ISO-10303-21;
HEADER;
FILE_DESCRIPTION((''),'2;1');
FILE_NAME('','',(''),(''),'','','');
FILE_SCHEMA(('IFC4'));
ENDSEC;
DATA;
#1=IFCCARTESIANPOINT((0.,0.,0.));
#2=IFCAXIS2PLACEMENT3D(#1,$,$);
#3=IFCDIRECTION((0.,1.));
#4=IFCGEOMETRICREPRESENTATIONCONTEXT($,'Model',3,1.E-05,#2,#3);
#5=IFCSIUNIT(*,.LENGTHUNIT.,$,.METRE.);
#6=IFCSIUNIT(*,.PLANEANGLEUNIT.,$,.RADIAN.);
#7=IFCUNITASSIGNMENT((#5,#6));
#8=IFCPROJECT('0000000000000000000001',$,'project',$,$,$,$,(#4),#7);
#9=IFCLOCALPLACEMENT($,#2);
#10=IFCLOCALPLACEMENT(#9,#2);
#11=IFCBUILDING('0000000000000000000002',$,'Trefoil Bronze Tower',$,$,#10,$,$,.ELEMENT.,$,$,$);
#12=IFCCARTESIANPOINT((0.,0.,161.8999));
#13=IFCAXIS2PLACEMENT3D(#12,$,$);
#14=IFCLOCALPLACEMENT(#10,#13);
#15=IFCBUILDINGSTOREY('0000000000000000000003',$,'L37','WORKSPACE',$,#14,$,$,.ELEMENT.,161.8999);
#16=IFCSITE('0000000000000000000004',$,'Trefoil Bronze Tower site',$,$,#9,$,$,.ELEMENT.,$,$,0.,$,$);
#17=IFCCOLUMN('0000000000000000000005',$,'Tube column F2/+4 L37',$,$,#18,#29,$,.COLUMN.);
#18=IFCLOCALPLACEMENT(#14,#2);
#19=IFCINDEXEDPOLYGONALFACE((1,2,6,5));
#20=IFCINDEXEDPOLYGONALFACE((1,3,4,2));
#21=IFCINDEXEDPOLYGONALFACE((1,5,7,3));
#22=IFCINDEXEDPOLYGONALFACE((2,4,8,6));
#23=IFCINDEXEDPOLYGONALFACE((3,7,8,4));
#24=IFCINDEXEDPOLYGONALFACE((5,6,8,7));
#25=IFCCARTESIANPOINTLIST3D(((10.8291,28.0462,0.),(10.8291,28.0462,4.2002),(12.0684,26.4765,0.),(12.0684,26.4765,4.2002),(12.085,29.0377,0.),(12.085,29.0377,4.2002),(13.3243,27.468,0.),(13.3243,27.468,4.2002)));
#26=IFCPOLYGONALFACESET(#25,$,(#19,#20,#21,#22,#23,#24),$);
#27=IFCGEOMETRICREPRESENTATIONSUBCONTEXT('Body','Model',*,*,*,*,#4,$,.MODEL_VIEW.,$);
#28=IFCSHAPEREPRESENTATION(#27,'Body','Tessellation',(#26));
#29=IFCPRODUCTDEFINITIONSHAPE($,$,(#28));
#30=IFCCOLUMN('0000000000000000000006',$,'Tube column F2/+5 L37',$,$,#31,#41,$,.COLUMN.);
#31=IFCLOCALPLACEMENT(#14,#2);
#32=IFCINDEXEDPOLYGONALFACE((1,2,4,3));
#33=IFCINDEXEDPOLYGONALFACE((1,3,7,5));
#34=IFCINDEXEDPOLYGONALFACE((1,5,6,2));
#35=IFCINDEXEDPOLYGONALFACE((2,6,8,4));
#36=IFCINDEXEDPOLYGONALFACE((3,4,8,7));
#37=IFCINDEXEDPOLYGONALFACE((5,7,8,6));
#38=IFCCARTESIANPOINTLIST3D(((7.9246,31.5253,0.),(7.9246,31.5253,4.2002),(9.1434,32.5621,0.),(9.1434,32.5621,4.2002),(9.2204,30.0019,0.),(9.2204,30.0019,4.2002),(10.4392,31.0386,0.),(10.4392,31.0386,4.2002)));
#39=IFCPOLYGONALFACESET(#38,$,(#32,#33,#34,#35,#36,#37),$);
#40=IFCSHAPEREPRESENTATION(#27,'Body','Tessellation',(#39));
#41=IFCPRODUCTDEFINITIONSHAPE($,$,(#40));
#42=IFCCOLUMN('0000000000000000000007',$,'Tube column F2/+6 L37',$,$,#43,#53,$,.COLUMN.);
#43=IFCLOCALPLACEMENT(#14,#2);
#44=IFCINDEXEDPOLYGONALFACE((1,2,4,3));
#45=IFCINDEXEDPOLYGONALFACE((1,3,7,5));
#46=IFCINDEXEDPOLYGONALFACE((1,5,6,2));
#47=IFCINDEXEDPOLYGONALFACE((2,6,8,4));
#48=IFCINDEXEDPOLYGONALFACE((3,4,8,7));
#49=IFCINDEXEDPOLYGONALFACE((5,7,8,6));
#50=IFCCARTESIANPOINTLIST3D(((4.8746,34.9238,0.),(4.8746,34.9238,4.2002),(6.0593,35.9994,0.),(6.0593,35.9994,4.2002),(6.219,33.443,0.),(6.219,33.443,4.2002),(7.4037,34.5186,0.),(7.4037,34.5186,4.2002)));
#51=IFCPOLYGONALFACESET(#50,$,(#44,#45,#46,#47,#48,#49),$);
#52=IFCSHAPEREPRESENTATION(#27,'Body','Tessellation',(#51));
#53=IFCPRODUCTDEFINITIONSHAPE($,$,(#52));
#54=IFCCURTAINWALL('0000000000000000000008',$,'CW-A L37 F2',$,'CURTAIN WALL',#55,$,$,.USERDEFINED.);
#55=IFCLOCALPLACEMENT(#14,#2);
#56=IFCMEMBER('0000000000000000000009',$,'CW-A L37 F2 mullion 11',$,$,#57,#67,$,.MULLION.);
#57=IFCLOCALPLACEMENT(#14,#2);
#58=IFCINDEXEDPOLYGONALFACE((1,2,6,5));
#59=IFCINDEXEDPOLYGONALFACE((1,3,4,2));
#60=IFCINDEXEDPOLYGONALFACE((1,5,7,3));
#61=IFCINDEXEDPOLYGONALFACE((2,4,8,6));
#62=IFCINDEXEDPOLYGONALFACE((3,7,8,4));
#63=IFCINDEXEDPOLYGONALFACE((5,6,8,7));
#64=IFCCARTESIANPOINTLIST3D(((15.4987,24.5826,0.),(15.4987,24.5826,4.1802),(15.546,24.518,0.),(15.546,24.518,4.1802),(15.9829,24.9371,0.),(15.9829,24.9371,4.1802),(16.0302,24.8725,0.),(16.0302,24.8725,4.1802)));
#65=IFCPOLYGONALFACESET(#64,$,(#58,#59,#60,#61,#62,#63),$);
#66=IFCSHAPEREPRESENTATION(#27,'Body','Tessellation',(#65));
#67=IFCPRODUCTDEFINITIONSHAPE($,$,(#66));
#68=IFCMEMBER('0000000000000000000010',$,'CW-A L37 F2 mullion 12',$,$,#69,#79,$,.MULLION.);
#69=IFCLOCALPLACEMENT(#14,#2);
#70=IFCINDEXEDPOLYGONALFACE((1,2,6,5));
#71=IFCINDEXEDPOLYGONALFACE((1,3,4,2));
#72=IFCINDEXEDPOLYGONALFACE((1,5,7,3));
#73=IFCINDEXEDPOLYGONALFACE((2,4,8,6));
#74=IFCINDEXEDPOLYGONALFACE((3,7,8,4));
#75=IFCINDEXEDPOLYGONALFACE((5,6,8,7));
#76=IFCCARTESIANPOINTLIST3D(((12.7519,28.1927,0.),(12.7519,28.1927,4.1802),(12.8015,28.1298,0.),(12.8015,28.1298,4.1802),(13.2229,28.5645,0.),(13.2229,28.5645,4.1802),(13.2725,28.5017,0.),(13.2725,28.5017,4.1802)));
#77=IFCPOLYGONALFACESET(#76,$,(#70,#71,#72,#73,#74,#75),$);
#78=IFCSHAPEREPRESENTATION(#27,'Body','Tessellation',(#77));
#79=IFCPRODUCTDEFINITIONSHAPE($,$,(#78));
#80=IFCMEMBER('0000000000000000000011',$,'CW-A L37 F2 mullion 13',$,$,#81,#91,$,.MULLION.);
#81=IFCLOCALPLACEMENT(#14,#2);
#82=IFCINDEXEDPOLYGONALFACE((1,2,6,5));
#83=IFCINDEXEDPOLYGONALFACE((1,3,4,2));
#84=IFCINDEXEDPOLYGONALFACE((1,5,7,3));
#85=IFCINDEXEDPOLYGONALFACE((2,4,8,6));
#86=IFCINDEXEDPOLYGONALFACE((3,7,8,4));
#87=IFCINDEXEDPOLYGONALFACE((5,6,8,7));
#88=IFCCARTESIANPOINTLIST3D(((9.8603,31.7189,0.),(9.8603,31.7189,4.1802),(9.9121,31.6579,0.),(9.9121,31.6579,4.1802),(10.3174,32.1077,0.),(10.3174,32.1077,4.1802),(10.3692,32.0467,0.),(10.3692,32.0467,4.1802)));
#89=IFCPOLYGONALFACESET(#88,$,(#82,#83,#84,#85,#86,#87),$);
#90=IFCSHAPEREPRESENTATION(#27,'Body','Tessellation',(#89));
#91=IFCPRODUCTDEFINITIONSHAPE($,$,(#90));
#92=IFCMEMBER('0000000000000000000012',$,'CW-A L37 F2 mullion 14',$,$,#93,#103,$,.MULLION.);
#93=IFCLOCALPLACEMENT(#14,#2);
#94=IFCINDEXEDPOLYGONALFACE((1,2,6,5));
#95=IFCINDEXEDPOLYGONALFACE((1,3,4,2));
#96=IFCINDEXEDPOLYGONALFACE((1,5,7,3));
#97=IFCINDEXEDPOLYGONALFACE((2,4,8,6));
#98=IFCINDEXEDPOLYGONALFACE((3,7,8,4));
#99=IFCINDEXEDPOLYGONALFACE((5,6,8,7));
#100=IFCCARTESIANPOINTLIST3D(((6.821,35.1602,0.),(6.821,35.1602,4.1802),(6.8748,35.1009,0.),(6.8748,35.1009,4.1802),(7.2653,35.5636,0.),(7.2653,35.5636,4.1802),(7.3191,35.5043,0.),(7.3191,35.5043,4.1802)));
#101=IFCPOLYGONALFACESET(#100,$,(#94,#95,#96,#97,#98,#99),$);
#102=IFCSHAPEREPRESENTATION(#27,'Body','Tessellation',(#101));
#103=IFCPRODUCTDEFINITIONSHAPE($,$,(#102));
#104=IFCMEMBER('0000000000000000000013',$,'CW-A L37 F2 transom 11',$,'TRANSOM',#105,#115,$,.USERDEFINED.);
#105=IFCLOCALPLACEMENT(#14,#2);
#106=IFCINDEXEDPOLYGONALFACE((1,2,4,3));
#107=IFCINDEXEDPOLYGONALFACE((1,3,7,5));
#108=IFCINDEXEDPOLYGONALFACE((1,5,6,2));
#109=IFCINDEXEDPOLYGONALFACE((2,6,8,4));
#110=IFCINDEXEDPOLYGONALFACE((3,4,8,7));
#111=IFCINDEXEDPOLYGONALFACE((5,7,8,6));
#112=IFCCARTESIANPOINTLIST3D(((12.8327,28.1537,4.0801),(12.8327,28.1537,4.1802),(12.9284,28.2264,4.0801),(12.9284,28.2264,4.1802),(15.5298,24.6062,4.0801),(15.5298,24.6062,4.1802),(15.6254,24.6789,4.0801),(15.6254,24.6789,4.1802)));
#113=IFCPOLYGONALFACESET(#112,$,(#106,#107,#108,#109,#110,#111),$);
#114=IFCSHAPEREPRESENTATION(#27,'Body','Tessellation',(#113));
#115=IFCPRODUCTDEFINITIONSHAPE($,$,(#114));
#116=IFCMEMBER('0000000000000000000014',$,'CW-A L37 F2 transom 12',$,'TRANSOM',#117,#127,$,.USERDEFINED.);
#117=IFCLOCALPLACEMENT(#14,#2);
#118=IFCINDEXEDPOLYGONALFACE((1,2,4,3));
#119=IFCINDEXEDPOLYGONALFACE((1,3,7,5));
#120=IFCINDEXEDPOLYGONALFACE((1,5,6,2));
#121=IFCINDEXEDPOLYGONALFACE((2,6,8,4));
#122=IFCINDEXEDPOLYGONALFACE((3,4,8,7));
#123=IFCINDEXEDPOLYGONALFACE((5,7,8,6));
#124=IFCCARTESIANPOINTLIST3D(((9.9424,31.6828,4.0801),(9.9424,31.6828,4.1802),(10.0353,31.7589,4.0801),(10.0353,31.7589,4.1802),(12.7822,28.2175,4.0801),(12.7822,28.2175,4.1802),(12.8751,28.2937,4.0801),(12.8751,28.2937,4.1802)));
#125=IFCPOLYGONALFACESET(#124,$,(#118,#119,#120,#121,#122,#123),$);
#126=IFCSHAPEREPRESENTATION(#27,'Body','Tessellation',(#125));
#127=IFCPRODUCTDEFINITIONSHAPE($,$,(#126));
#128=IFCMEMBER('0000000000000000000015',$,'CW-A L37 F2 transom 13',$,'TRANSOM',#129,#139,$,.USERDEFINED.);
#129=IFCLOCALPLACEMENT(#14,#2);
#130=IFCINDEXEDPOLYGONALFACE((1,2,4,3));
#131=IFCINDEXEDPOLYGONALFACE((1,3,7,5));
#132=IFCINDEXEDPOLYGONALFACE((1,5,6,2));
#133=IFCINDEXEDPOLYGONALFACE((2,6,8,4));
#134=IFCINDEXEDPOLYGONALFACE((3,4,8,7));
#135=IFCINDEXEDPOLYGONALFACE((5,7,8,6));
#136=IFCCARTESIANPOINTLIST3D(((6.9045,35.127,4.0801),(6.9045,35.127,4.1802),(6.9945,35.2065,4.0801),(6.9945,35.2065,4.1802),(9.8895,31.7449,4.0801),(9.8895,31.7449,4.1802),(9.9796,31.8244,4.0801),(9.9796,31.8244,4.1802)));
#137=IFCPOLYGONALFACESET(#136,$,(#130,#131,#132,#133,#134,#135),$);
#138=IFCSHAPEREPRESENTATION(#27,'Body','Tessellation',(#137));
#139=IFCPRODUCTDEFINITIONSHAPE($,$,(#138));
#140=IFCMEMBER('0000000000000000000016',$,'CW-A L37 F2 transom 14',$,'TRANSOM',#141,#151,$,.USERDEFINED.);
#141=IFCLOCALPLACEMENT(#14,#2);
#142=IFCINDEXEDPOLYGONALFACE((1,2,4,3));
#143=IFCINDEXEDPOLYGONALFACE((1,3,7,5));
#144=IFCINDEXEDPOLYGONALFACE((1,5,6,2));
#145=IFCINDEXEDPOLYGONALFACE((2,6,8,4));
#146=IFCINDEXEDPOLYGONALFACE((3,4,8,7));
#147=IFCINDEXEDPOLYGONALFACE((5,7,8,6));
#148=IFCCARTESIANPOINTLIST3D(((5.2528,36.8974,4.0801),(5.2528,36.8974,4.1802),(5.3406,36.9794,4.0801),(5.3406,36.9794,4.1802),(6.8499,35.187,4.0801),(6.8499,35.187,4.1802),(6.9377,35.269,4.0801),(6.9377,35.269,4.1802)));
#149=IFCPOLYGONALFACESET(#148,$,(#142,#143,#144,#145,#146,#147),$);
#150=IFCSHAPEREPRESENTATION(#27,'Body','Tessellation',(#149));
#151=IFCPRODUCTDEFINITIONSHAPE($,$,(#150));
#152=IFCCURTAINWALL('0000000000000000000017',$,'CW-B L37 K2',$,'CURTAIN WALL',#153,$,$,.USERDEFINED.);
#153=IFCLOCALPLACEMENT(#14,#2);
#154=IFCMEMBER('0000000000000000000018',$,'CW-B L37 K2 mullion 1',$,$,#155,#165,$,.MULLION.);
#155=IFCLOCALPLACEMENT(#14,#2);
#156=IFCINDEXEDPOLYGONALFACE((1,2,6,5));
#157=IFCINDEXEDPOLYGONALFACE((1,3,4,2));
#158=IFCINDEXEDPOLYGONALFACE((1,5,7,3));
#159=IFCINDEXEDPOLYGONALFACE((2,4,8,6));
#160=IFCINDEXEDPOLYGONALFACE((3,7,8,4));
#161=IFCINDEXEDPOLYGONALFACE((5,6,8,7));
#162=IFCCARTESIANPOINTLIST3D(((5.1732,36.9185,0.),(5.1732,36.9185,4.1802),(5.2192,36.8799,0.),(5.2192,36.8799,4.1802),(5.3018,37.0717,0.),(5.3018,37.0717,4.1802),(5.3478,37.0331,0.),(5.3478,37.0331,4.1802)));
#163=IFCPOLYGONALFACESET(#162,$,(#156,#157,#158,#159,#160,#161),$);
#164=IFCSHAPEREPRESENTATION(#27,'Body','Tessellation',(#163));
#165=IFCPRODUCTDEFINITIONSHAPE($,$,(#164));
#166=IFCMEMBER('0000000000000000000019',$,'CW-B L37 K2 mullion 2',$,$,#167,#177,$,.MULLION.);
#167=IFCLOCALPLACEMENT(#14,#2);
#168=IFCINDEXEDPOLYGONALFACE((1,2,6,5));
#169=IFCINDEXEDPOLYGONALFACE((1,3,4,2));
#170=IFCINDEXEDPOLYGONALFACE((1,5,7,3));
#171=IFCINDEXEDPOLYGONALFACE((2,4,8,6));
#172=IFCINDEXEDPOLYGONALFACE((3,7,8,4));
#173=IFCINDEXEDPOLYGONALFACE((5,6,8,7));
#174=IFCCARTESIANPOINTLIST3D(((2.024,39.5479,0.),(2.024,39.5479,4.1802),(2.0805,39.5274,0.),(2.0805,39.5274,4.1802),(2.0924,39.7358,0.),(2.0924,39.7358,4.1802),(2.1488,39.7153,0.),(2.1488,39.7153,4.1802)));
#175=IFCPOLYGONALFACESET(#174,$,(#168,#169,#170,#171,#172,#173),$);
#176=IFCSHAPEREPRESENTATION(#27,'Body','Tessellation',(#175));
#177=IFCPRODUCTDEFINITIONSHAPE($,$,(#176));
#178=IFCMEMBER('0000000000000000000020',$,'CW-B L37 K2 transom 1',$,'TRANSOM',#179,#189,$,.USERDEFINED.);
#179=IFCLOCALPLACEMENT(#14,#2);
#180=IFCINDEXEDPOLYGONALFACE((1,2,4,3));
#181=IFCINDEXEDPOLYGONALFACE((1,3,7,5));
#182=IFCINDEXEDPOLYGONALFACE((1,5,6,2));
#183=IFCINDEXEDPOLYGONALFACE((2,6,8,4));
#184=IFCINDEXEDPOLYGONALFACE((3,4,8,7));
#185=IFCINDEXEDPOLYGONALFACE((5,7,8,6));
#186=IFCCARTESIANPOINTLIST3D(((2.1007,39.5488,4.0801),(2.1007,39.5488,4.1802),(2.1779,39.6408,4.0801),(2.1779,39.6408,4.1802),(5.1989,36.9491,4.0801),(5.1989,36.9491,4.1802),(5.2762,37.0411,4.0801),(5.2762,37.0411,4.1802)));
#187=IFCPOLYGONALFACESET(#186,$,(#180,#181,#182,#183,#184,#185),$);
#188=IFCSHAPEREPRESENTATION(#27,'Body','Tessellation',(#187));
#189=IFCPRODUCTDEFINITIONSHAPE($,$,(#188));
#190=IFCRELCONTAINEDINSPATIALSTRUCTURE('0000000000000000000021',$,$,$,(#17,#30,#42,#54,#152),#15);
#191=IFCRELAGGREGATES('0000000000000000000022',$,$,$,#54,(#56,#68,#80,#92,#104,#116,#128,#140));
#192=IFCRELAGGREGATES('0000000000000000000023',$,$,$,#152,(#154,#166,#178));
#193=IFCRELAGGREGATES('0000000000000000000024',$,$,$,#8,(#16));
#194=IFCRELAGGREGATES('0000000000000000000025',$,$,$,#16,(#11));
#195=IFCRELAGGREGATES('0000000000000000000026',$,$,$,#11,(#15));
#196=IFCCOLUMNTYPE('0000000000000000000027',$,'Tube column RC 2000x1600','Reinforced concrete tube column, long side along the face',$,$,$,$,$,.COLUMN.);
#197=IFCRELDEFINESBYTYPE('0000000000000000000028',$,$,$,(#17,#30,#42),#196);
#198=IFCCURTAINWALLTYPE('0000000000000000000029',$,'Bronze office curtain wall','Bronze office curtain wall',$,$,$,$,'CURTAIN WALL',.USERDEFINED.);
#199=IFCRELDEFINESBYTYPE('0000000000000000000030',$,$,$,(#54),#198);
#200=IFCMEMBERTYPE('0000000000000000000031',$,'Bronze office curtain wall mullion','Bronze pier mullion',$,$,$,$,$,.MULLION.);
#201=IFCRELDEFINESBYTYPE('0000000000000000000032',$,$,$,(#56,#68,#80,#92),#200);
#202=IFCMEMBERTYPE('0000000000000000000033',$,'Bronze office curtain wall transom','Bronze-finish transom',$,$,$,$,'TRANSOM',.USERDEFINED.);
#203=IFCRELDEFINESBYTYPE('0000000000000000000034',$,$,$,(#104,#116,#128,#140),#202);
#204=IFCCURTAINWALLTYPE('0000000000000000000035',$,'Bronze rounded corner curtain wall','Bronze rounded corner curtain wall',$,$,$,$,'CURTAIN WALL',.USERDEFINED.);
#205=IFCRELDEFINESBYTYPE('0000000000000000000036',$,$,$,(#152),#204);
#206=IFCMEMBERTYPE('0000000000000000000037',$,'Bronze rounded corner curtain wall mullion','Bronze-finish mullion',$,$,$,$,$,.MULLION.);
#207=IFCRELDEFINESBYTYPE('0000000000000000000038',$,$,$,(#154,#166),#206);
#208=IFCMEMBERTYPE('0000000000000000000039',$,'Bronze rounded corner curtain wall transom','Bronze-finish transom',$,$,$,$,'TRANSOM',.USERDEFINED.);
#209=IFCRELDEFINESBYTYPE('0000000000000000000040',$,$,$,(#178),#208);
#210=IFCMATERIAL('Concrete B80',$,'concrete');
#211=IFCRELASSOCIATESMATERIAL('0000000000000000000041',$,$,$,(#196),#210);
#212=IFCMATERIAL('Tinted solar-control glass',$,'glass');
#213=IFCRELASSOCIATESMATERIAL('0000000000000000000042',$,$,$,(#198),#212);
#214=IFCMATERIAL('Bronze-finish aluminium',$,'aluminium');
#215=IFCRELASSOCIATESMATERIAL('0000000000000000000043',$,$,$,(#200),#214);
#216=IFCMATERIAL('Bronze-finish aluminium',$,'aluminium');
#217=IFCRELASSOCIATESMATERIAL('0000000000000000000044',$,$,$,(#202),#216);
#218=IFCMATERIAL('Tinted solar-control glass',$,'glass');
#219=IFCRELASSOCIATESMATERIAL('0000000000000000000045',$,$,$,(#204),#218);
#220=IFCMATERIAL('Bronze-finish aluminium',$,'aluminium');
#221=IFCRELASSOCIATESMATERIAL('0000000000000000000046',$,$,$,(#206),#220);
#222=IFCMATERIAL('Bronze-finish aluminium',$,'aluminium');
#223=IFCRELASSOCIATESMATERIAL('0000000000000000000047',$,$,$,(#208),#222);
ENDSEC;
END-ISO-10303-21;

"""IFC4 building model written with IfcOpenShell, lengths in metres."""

from ifc_helpers import new_model, si_unit, direction, frame, origin, origin_2d, place, context, subcontext, project, spatial, rectangle, extrude, material, material_profile, profile_set, type_object, element, aggregate, save


model = new_model("IFC4")

# Units and contexts
model_context = context("Model", 3, precision=1e-05, world=origin(), true_north=direction((0.0, 1.0)))
body_context = subcontext(model_context, "Body", "Model", "MODEL_VIEW")
ifc_project = project(units=[si_unit("LENGTHUNIT", "METRE"), si_unit("PLANEANGLEUNIT", "RADIAN")], contexts=[model_context])

# Site, building, storey
site_placement = place(None, origin())
site = spatial("IfcSite", under=ifc_project, at=site_placement, Name="Trefoil Bronze Tower site", CompositionType="ELEMENT", RefElevation=0.0)
building_placement = place(site_placement, origin())
building = spatial("IfcBuilding", under=site, at=building_placement, Name="Trefoil Bronze Tower", CompositionType="ELEMENT")
storey_placement = place(building_placement, frame((0.0, 0.0, 161.8999)))
storey = spatial("IfcBuildingStorey", under=building, at=storey_placement, Name="L37", Description="WORKSPACE", CompositionType="ELEMENT", Elevation=161.8999)

# Columns
ifc_material_1 = material(Name="Concrete B80", Category="concrete")
ifc_material_profile_1 = material_profile(ifc_material_1, rectangle(XDim=2.0, YDim=1.6001, at=origin_2d()), Name="RC 2000x1600")
ifc_profile_set_1 = profile_set([ifc_material_profile_1], Name="Concrete B80")
column_type = type_object("IfcColumnType", Name="Tube column RC 2000x1600", Description="Reinforced concrete tube column, long side along the face", PredefinedType="COLUMN", material=ifc_profile_set_1)
for number, where, z_axis, x_axis, name in (
    (1, (12.0767, 27.7571, 0.0), (0.0, 0.0, 1.0), (-0.619649, 0.784879, 0.0), "Tube column F2/+4 L37"),
    (2, (9.1819, 31.282, 0.0), (0.0, 0.0, 1.0), (-0.647904, 0.761722, 0.0), "Tube column F2/+5 L37"),
    (3, (6.1392, 34.7212, 0.0), (0.0, 0.0, 1.0), (-0.67221, 0.740361, 0.0), "Tube column F2/+6 L37"),
):
    element("IfcColumn", number, at=place(storey_placement, frame(where, z_axis=z_axis, x_axis=x_axis)), inside=storey, type_object=column_type, Name=name, PredefinedType="COLUMN", context=body_context, shape_type="SweptSolid", body=[
        extrude(rectangle(XDim=2.0, YDim=1.6001, at=origin_2d()), origin(), (0.0, 0.0, 1.0), 4.2002),
    ])

# Curtain walls, members
ifc_material_2 = material(Name="Tinted solar-control glass", Category="glass")
curtain_wall_type_1 = type_object("IfcCurtainWallType", Name="Bronze office curtain wall", Description="Bronze office curtain wall", ElementType="CURTAIN WALL", PredefinedType="USERDEFINED", material=ifc_material_2)
curtain_wall_1_placement = place(storey_placement, origin())
curtain_wall_1 = element("IfcCurtainWall", 4, at=curtain_wall_1_placement, inside=storey, type_object=curtain_wall_type_1, Name="CW-A L37 F2", ObjectType="CURTAIN WALL", PredefinedType="USERDEFINED")
ifc_material_3 = material(Name="Bronze-finish aluminium", Category="aluminium")
ifc_material_profile_2 = material_profile(ifc_material_3, rectangle(XDim=0.6001, YDim=0.0801, at=origin_2d()), Name="CW-A mullion")
ifc_profile_set_2 = profile_set([ifc_material_profile_2], Name="Bronze-finish aluminium")
member_type_1 = type_object("IfcMemberType", Name="Bronze office curtain wall mullion", Description="Bronze pier mullion", PredefinedType="MULLION", material=ifc_profile_set_2)
member_1_placement = place(storey_placement, frame((15.7644, 24.7275, 0.0), z_axis=(0.0, 0.0, 1.0), x_axis=(-0.806875, -0.590723, 0.0)))
member_1 = element("IfcMember", 5, at=member_1_placement, type_object=member_type_1, Name="CW-A L37 F2 mullion 11", PredefinedType="MULLION", context=body_context, shape_type="SweptSolid", body=[
    extrude(rectangle(XDim=0.6001, YDim=0.0801, at=origin_2d()), origin(), (0.0, 0.0, 1.0), 4.1802),
])
member_2_placement = place(storey_placement, frame((13.0122, 28.3472, 0.0), z_axis=(0.0, 0.0, 1.0), x_axis=(-0.784879, -0.619649, 0.0)))
member_2 = element("IfcMember", 6, at=member_2_placement, type_object=member_type_1, Name="CW-A L37 F2 mullion 12", PredefinedType="MULLION", context=body_context, shape_type="SweptSolid", body=[
    extrude(rectangle(XDim=0.6001, YDim=0.0801, at=origin_2d()), origin(), (0.0, 0.0, 1.0), 4.1802),
])
member_3_placement = place(storey_placement, frame((10.1147, 31.8828, 0.0), z_axis=(0.0, 0.0, 1.0), x_axis=(-0.761722, -0.647904, 0.0)))
member_3 = element("IfcMember", 7, at=member_3_placement, type_object=member_type_1, Name="CW-A L37 F2 mullion 13", PredefinedType="MULLION", context=body_context, shape_type="SweptSolid", body=[
    extrude(rectangle(XDim=0.6001, YDim=0.0801, at=origin_2d()), origin(), (0.0, 0.0, 1.0), 4.1802),
])
member_4_placement = place(storey_placement, frame((7.0701, 35.3323, 0.0), z_axis=(0.0, 0.0, 1.0), x_axis=(-0.740361, -0.67221, 0.0)))
member_4 = element("IfcMember", 8, at=member_4_placement, type_object=member_type_1, Name="CW-A L37 F2 mullion 14", PredefinedType="MULLION", context=body_context, shape_type="SweptSolid", body=[
    extrude(rectangle(XDim=0.6001, YDim=0.0801, at=origin_2d()), origin(), (0.0, 0.0, 1.0), 4.1802),
])
ifc_material_4 = material(Name="Bronze-finish aluminium", Category="aluminium")
ifc_material_profile_3 = material_profile(ifc_material_4, rectangle(XDim=0.1201, YDim=0.1001, at=origin_2d()), Name="CW-A transom")
ifc_profile_set_3 = profile_set([ifc_material_profile_3], Name="Bronze-finish aluminium")
member_type_2 = type_object("IfcMemberType", Name="Bronze office curtain wall transom", Description="Bronze-finish transom", ElementType="TRANSOM", PredefinedType="USERDEFINED", material=ifc_profile_set_3)
member_5_placement = place(storey_placement, frame((15.5776, 24.6426, 4.1301), z_axis=(-0.605229, 0.796051, 0.0), x_axis=(-0.796051, -0.605229, 0.0)))
member_5 = element("IfcMember", 9, at=member_5_placement, type_object=member_type_2, Name="CW-A L37 F2 transom 11", ObjectType="TRANSOM", PredefinedType="USERDEFINED", context=body_context, shape_type="SweptSolid", body=[
    extrude(rectangle(XDim=0.1201, YDim=0.1001, at=origin_2d()), origin(), (0.0, 0.0, 1.0), 4.4563),
])
member_6_placement = place(storey_placement, frame((12.8286, 28.2556, 4.1301), z_axis=(-0.633849, 0.773457, 0.0), x_axis=(-0.773457, -0.633849, 0.0)))
member_6 = element("IfcMember", 10, at=member_6_placement, type_object=member_type_2, Name="CW-A L37 F2 transom 12", ObjectType="TRANSOM", PredefinedType="USERDEFINED", context=body_context, shape_type="SweptSolid", body=[
    extrude(rectangle(XDim=0.1201, YDim=0.1001, at=origin_2d()), origin(), (0.0, 0.0, 1.0), 4.4802),
])
member_7_placement = place(storey_placement, frame((9.9346, 31.7847, 4.1301), z_axis=(-0.661736, 0.749737, 0.0), x_axis=(-0.749737, -0.661736, 0.0)))
member_7 = element("IfcMember", 11, at=member_7_placement, type_object=member_type_2, Name="CW-A L37 F2 transom 13", ObjectType="TRANSOM", PredefinedType="USERDEFINED", context=body_context, shape_type="SweptSolid", body=[
    extrude(rectangle(XDim=0.1201, YDim=0.1001, at=origin_2d()), origin(), (0.0, 0.0, 1.0), 4.511),
])
member_8_placement = place(storey_placement, frame((6.8938, 35.228, 4.1301), z_axis=(-0.682489, 0.730896, 0.0), x_axis=(-0.730896, -0.682489, 0.0)))
member_8 = element("IfcMember", 12, at=member_8_placement, type_object=member_type_2, Name="CW-A L37 F2 transom 14", ObjectType="TRANSOM", PredefinedType="USERDEFINED", context=body_context, shape_type="SweptSolid", body=[
    extrude(rectangle(XDim=0.1201, YDim=0.1001, at=origin_2d()), origin(), (0.0, 0.0, 1.0), 2.3401),
])
ifc_material_5 = material(Name="Tinted solar-control glass", Category="glass")
curtain_wall_type_2 = type_object("IfcCurtainWallType", Name="Bronze rounded corner curtain wall", Description="Bronze rounded corner curtain wall", ElementType="CURTAIN WALL", PredefinedType="USERDEFINED", material=ifc_material_5)
curtain_wall_2_placement = place(storey_placement, origin())
curtain_wall_2 = element("IfcCurtainWall", 13, at=curtain_wall_2_placement, inside=storey, type_object=curtain_wall_type_2, Name="CW-B L37 K2", ObjectType="CURTAIN WALL", PredefinedType="USERDEFINED")
ifc_material_6 = material(Name="Bronze-finish aluminium", Category="aluminium")
ifc_material_profile_4 = material_profile(ifc_material_6, rectangle(XDim=0.2, YDim=0.0601, at=origin_2d()), Name="CW-B mullion")
ifc_profile_set_4 = profile_set([ifc_material_profile_4], Name="Bronze-finish aluminium")
member_type_3 = type_object("IfcMemberType", Name="Bronze rounded corner curtain wall mullion", Description="Bronze-finish mullion", PredefinedType="MULLION", material=ifc_profile_set_4)
member_9_placement = place(storey_placement, frame((5.2605, 36.9758, 0.0), z_axis=(0.0, 0.0, 1.0), x_axis=(-0.642788, -0.766044, 0.0)))
member_9 = element("IfcMember", 14, at=member_9_placement, type_object=member_type_3, Name="CW-B L37 K2 mullion 1", PredefinedType="MULLION", context=body_context, shape_type="SweptSolid", body=[
    extrude(rectangle(XDim=0.2, YDim=0.0601, at=origin_2d()), origin(), (0.0, 0.0, 1.0), 4.1802),
])
member_10_placement = place(storey_placement, frame((2.0864, 39.6316, 0.0), z_axis=(0.0, 0.0, 1.0), x_axis=(-0.34202, -0.939693, 0.0)))
member_10 = element("IfcMember", 15, at=member_10_placement, type_object=member_type_3, Name="CW-B L37 K2 mullion 2", PredefinedType="MULLION", context=body_context, shape_type="SweptSolid", body=[
    extrude(rectangle(XDim=0.2, YDim=0.0601, at=origin_2d()), origin(), (0.0, 0.0, 1.0), 4.1802),
])
ifc_material_7 = material(Name="Bronze-finish aluminium", Category="aluminium")
ifc_material_profile_5 = material_profile(ifc_material_7, rectangle(XDim=0.1201, YDim=0.1001, at=origin_2d()), Name="CW-B transom")
ifc_profile_set_5 = profile_set([ifc_material_profile_5], Name="Bronze-finish aluminium")
member_type_4 = type_object("IfcMemberType", Name="Bronze rounded corner curtain wall transom", Description="Bronze-finish transom", ElementType="TRANSOM", PredefinedType="USERDEFINED", material=ifc_profile_set_5)
member_11_placement = place(storey_placement, frame((5.2375, 36.9951, 4.1301), z_axis=(-0.76605, 0.642781, 0.0), x_axis=(-0.642781, -0.76605, 0.0)))
member_11 = element("IfcMember", 16, at=member_11_placement, type_object=member_type_4, Name="CW-B L37 K2 transom 1", ObjectType="TRANSOM", PredefinedType="USERDEFINED", context=body_context, shape_type="SweptSolid", body=[
    extrude(rectangle(XDim=0.1201, YDim=0.1001, at=origin_2d()), origin(), (0.0, 0.0, 1.0), 4.0444),
])

aggregate(curtain_wall_1, [member_1, member_2, member_3, member_4, member_5, member_6, member_7, member_8])
aggregate(curtain_wall_2, [member_9, member_10, member_11])

save(model, "model.ifc")
